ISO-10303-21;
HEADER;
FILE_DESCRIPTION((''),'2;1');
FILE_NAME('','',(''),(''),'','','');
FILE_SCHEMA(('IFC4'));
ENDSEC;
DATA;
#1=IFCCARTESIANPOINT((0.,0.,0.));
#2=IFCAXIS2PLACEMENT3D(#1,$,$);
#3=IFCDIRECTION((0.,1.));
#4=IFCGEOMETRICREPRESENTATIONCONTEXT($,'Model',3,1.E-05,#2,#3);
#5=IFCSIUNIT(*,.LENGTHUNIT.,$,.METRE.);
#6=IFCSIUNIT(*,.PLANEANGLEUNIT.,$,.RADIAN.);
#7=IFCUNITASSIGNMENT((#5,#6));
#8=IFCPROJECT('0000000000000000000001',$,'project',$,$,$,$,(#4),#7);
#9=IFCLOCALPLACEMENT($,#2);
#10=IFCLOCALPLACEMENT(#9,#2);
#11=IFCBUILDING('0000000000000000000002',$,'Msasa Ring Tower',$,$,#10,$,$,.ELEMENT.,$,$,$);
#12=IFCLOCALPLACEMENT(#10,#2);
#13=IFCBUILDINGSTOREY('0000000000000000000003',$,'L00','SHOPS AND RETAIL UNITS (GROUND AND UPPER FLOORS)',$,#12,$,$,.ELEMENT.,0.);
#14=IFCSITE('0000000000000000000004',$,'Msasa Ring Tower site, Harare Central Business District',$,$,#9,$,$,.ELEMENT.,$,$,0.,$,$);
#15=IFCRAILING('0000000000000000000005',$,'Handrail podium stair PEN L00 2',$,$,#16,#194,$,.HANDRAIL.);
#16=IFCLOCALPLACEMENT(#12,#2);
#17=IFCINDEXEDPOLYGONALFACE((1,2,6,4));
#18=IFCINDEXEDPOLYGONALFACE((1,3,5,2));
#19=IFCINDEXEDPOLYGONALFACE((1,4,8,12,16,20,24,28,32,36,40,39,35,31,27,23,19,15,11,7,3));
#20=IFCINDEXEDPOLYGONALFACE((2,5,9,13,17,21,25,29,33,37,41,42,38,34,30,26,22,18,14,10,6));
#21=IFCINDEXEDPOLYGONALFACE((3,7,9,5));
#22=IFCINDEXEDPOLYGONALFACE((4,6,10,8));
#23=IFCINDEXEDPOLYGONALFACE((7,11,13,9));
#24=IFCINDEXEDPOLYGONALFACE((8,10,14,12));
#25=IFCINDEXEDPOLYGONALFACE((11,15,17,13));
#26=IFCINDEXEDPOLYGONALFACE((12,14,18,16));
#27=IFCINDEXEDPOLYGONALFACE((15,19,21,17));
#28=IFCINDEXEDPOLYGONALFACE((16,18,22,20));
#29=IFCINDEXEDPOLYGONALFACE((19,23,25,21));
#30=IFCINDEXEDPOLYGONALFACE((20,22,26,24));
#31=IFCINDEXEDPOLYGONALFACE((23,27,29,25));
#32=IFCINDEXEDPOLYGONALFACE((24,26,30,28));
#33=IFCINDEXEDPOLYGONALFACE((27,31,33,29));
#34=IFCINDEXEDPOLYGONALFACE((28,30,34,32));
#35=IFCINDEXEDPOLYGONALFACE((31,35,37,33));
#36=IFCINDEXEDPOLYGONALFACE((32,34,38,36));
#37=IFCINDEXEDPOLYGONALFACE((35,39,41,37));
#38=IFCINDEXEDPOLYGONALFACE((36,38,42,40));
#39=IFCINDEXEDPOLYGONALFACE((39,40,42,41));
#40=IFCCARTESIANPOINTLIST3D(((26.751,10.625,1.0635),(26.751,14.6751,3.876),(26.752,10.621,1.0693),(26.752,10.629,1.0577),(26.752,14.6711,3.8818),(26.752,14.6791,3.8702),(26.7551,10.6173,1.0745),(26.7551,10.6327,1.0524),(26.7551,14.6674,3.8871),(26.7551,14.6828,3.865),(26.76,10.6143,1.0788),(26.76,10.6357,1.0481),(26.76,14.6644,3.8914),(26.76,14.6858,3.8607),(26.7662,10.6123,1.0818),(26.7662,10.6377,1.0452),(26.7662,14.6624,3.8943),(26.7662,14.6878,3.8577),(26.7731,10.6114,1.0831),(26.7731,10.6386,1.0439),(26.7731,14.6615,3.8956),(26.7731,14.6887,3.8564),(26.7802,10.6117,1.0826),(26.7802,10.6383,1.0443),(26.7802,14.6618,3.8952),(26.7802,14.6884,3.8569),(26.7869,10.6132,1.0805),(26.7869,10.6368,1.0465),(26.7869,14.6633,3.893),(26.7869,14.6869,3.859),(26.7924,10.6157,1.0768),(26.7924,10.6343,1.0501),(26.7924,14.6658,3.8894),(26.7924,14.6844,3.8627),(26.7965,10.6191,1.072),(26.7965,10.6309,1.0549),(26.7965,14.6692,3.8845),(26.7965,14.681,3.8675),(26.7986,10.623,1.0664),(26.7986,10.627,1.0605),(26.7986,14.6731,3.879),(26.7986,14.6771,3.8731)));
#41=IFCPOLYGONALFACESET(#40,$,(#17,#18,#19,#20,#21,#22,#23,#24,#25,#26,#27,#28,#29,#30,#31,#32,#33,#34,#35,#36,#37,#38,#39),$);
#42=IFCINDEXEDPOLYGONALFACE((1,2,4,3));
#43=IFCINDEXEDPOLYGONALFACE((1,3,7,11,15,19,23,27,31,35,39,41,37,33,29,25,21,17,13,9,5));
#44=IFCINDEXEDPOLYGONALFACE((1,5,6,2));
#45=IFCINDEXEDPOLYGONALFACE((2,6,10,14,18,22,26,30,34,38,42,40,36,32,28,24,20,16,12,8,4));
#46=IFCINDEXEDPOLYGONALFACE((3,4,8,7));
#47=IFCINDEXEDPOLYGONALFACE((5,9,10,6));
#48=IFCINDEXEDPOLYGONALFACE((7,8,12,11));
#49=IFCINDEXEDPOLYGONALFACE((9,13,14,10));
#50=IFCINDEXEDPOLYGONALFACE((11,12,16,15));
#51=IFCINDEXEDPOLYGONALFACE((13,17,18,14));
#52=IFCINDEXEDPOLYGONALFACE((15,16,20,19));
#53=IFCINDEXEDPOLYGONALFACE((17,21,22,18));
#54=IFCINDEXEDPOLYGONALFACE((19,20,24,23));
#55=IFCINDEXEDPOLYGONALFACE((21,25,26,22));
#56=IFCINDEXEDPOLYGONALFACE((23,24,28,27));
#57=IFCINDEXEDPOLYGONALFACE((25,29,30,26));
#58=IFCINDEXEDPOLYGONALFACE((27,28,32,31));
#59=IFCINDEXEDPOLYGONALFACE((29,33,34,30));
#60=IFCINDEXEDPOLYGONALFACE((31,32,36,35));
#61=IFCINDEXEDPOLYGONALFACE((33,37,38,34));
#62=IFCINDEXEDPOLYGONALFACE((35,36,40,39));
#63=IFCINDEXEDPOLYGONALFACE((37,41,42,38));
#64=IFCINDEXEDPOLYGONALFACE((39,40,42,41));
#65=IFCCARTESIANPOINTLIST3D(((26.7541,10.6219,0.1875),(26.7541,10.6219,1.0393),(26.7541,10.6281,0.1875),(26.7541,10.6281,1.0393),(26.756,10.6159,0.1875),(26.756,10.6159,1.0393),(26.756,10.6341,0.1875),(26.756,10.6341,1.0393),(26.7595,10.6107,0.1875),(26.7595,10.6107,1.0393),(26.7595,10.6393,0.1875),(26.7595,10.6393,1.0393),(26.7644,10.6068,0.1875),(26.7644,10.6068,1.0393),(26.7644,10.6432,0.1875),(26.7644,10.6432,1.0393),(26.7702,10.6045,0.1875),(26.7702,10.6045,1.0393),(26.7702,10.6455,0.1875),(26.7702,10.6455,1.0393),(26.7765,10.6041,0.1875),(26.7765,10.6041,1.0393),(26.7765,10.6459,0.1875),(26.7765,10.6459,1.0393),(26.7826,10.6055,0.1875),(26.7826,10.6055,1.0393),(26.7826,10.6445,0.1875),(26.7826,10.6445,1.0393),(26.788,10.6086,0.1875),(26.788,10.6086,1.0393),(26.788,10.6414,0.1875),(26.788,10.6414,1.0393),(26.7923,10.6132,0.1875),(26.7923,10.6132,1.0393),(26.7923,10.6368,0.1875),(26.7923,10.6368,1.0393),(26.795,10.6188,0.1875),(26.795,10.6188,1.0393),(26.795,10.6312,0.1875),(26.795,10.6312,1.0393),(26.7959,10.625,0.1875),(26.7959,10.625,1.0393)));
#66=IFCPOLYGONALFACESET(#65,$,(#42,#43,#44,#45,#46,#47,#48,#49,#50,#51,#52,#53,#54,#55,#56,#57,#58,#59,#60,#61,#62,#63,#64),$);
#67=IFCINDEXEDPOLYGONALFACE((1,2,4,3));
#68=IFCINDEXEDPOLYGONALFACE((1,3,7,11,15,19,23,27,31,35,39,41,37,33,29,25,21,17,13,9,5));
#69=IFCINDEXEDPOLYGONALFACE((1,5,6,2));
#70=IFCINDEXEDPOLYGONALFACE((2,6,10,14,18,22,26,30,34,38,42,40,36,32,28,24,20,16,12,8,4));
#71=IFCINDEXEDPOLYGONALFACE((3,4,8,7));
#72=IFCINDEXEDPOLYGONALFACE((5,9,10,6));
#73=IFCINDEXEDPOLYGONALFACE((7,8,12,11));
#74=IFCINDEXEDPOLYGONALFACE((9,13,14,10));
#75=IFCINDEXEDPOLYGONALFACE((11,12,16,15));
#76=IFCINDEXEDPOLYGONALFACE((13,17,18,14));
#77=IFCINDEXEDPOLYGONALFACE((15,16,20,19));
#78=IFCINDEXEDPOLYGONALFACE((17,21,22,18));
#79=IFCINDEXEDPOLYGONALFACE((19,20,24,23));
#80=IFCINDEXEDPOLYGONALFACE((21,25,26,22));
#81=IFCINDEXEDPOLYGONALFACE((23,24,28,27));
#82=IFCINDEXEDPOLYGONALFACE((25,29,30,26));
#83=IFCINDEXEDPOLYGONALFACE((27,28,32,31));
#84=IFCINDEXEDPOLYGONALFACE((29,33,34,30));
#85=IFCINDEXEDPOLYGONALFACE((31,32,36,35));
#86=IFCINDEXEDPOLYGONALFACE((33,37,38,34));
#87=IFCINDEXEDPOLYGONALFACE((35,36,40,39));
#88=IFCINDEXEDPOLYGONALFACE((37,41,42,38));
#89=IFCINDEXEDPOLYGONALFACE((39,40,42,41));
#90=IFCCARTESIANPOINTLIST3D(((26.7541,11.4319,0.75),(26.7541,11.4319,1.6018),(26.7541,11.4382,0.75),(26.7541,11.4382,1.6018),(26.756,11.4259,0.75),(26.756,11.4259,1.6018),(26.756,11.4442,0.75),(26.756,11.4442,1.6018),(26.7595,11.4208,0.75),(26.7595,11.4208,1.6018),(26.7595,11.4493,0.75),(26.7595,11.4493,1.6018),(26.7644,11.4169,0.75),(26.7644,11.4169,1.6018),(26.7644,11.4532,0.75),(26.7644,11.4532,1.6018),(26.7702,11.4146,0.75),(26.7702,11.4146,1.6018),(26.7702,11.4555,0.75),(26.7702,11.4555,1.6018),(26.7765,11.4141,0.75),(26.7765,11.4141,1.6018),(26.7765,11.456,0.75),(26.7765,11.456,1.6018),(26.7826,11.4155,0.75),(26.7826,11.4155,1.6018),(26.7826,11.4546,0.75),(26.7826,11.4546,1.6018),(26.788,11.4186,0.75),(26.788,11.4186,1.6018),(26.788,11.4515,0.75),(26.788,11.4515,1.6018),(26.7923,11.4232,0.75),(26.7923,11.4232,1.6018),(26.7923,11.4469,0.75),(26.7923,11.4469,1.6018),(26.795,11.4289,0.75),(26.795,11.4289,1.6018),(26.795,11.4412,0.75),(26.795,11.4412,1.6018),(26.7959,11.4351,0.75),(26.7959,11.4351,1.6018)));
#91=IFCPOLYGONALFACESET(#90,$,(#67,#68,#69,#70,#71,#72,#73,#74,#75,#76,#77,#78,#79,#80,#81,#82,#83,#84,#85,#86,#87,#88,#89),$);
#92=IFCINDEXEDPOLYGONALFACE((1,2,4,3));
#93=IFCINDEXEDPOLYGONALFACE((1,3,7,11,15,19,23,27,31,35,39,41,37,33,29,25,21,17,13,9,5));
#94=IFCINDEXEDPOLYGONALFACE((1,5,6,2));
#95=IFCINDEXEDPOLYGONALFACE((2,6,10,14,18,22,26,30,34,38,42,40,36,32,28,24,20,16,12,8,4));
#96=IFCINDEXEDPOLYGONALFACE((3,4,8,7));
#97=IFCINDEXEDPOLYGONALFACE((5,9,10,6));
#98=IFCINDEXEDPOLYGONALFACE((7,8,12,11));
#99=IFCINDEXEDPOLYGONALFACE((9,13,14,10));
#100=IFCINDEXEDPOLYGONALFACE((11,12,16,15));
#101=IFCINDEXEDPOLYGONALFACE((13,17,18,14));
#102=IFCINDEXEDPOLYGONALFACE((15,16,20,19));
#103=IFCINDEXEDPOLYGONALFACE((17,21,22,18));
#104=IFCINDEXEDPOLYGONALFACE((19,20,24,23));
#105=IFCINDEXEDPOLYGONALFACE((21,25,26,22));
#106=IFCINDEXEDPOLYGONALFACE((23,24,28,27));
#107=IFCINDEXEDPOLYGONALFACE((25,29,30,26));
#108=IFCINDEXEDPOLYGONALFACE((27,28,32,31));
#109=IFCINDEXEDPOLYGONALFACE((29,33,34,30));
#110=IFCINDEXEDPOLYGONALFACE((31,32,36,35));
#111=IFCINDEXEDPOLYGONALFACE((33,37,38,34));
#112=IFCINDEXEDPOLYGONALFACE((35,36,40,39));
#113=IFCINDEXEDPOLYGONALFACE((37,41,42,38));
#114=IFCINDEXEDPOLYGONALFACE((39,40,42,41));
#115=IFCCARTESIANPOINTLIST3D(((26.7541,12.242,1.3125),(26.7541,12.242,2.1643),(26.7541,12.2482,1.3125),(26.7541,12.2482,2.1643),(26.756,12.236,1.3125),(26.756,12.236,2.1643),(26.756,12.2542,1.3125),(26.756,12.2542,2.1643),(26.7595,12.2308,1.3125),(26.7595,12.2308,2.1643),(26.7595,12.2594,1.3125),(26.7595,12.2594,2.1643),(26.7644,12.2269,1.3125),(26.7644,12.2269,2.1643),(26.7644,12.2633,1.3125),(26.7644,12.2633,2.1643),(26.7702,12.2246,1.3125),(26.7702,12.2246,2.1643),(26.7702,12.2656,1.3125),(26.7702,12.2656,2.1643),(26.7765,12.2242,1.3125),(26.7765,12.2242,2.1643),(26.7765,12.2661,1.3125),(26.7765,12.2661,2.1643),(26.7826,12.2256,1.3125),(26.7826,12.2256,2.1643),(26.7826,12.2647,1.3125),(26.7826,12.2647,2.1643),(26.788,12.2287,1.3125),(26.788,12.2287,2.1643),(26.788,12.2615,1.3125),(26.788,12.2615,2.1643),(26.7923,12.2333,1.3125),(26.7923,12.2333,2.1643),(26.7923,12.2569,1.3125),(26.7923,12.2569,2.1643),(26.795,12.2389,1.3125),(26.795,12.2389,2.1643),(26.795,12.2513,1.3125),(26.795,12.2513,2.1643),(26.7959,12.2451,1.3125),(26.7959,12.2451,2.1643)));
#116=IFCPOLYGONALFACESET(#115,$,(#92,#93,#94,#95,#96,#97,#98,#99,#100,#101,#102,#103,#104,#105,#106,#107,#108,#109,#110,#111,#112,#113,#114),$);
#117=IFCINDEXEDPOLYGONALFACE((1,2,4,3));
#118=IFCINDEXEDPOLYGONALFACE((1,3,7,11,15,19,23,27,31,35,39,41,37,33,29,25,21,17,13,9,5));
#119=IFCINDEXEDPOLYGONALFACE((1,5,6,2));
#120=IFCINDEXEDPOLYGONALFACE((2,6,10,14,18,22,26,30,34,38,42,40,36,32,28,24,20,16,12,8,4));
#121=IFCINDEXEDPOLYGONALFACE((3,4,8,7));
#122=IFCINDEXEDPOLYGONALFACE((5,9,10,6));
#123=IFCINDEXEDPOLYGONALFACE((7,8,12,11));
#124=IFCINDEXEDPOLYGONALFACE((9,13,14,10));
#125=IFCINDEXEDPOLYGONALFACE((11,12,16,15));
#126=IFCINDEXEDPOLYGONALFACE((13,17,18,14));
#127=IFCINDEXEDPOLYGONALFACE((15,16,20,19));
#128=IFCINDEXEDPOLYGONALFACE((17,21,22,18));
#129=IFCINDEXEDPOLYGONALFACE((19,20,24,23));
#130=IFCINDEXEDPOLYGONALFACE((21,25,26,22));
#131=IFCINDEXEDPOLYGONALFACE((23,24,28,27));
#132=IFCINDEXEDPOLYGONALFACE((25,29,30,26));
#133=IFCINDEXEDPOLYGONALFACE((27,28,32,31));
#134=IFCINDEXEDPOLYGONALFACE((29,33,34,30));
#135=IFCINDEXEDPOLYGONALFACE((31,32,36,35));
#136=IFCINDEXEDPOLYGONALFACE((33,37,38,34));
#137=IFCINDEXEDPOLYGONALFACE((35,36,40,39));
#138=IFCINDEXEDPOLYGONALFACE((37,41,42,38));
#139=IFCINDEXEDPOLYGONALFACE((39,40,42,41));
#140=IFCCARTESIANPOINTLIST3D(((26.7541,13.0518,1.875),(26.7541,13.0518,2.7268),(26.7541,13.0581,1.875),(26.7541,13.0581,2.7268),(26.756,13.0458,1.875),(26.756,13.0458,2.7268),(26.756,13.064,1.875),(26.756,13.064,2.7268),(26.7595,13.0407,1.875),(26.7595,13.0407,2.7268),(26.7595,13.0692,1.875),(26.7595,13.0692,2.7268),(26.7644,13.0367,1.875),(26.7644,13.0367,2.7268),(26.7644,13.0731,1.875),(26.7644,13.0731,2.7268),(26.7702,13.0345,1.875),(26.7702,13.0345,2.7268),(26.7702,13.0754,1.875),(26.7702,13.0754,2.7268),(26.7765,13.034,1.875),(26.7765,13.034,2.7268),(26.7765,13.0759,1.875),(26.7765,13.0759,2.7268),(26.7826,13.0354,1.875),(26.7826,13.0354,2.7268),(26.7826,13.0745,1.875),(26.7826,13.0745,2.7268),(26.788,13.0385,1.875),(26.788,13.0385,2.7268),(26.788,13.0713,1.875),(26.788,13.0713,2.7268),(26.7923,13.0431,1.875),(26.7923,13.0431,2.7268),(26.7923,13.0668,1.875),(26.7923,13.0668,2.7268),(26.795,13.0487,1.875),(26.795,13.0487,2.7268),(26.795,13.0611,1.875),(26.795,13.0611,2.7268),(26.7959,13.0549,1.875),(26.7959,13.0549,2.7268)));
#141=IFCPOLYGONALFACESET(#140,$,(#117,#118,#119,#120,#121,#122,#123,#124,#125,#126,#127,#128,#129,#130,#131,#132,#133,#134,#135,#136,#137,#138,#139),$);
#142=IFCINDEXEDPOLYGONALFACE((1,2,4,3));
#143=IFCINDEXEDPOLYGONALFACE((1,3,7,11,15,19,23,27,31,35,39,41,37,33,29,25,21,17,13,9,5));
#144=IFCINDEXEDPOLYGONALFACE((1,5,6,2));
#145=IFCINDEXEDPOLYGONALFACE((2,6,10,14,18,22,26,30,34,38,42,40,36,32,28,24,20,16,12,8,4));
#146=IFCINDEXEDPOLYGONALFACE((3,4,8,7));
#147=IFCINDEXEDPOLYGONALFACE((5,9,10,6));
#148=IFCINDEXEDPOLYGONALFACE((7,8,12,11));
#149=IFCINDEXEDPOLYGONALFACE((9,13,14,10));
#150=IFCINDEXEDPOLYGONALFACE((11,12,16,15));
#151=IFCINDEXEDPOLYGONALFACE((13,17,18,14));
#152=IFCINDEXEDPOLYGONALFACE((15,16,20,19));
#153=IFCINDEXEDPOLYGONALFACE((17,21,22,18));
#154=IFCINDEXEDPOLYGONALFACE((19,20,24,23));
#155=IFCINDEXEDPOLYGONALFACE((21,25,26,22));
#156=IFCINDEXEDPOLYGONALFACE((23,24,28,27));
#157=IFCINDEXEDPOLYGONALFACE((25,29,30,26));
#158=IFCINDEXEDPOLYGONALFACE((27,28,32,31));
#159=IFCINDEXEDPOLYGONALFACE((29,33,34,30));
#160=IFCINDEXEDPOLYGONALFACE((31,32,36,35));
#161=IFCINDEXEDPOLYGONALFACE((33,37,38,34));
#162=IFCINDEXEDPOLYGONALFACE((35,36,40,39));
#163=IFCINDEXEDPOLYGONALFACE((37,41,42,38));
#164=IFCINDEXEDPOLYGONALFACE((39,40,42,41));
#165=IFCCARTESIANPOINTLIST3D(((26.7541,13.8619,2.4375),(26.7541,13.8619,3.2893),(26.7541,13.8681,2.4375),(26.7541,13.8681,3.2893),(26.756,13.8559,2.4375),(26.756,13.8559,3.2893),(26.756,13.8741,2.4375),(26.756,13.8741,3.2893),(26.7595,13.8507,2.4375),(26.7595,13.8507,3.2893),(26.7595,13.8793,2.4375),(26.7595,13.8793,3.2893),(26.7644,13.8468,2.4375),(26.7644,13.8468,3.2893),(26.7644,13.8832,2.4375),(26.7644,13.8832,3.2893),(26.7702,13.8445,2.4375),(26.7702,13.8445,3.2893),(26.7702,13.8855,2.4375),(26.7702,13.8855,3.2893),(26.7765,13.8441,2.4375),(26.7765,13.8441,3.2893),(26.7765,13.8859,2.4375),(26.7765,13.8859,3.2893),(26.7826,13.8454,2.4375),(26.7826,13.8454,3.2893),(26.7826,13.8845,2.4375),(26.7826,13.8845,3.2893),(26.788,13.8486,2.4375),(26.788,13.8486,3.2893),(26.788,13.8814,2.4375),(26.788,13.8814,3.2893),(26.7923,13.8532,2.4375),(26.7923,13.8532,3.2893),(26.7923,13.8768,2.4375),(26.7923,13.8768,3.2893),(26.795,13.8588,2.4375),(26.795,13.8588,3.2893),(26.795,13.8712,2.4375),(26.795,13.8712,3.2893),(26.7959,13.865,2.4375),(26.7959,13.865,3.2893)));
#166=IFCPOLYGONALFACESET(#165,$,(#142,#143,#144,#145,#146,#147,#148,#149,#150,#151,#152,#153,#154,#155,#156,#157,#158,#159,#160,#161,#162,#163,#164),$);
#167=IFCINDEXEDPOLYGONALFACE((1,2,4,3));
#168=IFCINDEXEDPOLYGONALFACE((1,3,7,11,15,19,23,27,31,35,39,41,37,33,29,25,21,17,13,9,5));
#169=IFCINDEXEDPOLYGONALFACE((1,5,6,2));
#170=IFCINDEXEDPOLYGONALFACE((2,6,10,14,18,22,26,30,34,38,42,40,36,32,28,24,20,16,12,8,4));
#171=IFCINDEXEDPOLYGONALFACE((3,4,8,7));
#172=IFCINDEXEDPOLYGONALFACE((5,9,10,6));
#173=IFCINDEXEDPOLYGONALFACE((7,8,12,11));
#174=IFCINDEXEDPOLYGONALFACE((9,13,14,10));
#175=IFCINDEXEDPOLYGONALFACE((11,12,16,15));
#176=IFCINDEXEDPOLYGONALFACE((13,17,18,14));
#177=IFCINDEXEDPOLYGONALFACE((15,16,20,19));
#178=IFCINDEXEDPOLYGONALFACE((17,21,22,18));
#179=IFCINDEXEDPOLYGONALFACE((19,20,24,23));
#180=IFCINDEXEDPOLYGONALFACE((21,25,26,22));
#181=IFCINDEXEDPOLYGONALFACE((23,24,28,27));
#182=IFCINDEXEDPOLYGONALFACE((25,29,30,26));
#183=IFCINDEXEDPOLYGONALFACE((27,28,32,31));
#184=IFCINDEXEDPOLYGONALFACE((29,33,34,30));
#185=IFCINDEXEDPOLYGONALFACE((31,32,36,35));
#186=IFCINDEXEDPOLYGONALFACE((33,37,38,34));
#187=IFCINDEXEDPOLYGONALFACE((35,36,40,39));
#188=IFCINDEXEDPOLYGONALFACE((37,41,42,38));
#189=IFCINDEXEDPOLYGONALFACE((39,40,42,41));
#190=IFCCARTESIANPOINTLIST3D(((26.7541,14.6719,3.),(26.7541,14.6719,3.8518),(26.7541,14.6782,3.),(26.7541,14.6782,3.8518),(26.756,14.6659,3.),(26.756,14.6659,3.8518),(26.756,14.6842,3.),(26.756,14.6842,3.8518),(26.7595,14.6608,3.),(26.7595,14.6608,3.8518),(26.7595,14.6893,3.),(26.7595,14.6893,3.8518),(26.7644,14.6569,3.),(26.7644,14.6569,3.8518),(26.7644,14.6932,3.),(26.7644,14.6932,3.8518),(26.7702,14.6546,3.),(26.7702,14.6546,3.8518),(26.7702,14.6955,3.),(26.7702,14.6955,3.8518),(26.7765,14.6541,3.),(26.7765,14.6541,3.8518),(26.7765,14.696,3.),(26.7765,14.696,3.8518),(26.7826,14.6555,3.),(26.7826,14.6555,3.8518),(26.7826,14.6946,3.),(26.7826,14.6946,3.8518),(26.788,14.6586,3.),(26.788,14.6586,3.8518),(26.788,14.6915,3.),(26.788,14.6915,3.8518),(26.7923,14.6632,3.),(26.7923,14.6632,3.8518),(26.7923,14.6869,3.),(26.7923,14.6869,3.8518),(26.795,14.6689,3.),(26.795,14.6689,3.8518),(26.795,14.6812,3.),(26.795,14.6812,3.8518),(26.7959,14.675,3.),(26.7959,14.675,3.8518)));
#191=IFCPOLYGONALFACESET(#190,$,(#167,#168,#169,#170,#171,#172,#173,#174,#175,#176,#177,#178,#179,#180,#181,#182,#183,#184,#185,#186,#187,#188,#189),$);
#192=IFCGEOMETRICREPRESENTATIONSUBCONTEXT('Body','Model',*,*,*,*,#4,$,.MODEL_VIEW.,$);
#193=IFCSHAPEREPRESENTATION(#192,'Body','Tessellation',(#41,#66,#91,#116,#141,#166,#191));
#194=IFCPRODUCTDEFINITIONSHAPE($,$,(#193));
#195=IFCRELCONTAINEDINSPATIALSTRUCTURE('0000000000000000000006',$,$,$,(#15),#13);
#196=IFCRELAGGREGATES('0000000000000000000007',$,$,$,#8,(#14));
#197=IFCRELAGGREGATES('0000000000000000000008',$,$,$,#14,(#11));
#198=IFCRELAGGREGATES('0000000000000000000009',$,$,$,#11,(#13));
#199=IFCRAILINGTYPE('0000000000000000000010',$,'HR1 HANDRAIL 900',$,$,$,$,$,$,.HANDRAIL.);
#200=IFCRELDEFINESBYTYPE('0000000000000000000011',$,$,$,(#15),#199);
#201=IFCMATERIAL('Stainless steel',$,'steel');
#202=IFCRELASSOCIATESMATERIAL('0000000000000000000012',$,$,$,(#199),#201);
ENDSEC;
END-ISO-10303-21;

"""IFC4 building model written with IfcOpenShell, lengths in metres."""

from ifc_helpers import new_model, si_unit, direction, frame, origin, origin_2d, place, context, subcontext, project, spatial, circle, extrude, material, type_object, element, save


model = new_model("IFC4")

# Units and contexts
model_context = context("Model", 3, precision=1e-05, world=origin(), true_north=direction((0.0, 1.0)))
body_context = subcontext(model_context, "Body", "Model", "MODEL_VIEW")
ifc_project = project(units=[si_unit("LENGTHUNIT", "METRE"), si_unit("PLANEANGLEUNIT", "RADIAN")], contexts=[model_context])

# Site, building, storey
site_placement = place(None, origin())
site = spatial("IfcSite", under=ifc_project, at=site_placement, Name="Msasa Ring Tower site, Harare Central Business District", CompositionType="ELEMENT", RefElevation=0.0)
building_placement = place(site_placement, origin())
building = spatial("IfcBuilding", under=site, at=building_placement, Name="Msasa Ring Tower", CompositionType="ELEMENT")
storey_placement = place(building_placement, origin())
storey = spatial("IfcBuildingStorey", under=building, at=storey_placement, Name="L00", Description="SHOPS AND RETAIL UNITS (GROUND AND UPPER FLOORS)", CompositionType="ELEMENT", Elevation=0.0)

# Railing
ifc_material_1 = material(Name="Stainless steel", Category="steel")
railing_type = type_object("IfcRailingType", Name="HR1 HANDRAIL 900", PredefinedType="HANDRAIL", material=ifc_material_1)
for number, where, name in (
    (1, (26.7749, 10.625, 0.1875), "Handrail podium stair PEN L00 2"),
):
    element("IfcRailing", number, at=place(storey_placement, frame(where)), inside=storey, type_object=railing_type, Name=name, PredefinedType="HANDRAIL", context=body_context, shape_type="SweptSolid", body=[
        extrude(circle(Radius=0.0239, at=origin_2d()), frame((0.0, 0.0, 0.876), z_axis=(0.0, 0.821373, 0.570391), x_axis=(-1.0, 0.0, 0.0)), (0.0, 0.0, 1.0), 4.9309),
        extrude(circle(Radius=0.021, at=origin_2d()), origin(), (0.0, 0.0, 1.0), 0.8518),
        extrude(circle(Radius=0.021, at=origin_2d()), frame((0.0, 0.8101, 0.5625)), (0.0, 0.0, 1.0), 0.8518),
        extrude(circle(Radius=0.021, at=origin_2d()), frame((0.0, 1.6201, 1.125)), (0.0, 0.0, 1.0), 0.8518),
        extrude(circle(Radius=0.021, at=origin_2d()), frame((0.0, 2.4299, 1.6875)), (0.0, 0.0, 1.0), 0.8518),
        extrude(circle(Radius=0.021, at=origin_2d()), frame((0.0, 3.24, 2.25)), (0.0, 0.0, 1.0), 0.8518),
        extrude(circle(Radius=0.021, at=origin_2d()), frame((0.0, 4.05, 2.8125)), (0.0, 0.0, 1.0), 0.8518),
    ])

save(model, "model.ifc")
